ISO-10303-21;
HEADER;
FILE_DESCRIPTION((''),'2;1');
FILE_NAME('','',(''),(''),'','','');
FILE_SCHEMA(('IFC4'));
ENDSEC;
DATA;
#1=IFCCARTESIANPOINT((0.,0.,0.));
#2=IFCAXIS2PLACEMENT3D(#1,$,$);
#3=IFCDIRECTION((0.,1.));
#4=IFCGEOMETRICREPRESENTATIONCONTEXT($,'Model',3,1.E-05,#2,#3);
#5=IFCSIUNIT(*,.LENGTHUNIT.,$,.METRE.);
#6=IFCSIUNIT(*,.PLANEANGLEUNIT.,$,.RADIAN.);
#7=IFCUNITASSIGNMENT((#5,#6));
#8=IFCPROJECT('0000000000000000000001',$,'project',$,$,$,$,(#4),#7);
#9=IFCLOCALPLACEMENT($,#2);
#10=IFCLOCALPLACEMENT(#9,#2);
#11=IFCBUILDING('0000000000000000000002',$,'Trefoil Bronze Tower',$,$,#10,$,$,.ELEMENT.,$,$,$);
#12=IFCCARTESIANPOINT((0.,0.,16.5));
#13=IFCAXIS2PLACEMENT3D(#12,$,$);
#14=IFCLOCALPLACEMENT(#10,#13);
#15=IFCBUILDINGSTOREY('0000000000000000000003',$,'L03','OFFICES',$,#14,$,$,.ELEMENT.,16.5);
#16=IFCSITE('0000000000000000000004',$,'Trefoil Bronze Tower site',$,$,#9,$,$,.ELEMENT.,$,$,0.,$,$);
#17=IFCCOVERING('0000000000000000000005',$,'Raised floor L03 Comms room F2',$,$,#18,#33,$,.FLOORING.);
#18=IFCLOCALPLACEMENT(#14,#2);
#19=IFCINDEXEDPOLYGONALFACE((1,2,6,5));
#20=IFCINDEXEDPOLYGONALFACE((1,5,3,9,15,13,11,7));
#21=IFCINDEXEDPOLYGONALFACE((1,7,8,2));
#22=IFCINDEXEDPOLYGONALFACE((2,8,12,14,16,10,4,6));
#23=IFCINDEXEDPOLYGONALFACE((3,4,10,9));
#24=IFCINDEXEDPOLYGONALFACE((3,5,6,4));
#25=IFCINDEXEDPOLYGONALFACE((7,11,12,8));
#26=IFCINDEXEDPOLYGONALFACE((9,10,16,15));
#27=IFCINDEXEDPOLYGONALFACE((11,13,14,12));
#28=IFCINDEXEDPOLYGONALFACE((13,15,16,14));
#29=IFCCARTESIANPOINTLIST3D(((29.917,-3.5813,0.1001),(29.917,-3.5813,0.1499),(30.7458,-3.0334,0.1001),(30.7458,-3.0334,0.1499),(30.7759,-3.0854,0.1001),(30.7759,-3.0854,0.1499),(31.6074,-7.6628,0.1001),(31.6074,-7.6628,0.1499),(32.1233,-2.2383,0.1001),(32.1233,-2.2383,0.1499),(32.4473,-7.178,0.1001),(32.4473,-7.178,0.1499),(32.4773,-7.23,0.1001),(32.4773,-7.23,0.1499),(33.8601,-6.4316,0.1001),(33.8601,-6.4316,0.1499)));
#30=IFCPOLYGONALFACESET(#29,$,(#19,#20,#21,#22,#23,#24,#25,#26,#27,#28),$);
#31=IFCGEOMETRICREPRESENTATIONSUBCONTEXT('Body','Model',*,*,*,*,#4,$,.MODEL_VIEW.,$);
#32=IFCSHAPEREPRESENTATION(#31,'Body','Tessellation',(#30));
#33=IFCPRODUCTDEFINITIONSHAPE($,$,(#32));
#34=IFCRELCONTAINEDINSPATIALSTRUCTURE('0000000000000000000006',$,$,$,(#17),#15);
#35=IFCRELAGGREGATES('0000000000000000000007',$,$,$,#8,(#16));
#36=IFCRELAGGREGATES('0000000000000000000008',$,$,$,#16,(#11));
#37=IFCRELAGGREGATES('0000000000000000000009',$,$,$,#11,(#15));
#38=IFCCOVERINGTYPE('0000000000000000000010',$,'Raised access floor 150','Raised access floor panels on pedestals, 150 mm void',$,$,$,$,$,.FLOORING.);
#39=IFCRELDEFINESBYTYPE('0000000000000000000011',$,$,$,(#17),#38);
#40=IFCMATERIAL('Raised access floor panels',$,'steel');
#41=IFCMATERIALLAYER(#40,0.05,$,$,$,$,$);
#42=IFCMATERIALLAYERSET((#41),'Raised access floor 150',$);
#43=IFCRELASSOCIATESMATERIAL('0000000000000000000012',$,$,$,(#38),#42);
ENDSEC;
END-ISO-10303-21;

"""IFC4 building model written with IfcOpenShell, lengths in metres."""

from ifc_helpers import new_model, si_unit, direction, frame, origin, place, context, subcontext, project, spatial, polyline, outline, extrude, material, layer, layer_set, type_object, element, save


model = new_model("IFC4")

# Units and contexts
model_context = context("Model", 3, precision=1e-05, world=origin(), true_north=direction((0.0, 1.0)))
body_context = subcontext(model_context, "Body", "Model", "MODEL_VIEW")
ifc_project = project(units=[si_unit("LENGTHUNIT", "METRE"), si_unit("PLANEANGLEUNIT", "RADIAN")], contexts=[model_context])

# Site, building, storey
site_placement = place(None, origin())
site = spatial("IfcSite", under=ifc_project, at=site_placement, Name="Trefoil Bronze Tower site", CompositionType="ELEMENT", RefElevation=0.0)
building_placement = place(site_placement, origin())
building = spatial("IfcBuilding", under=site, at=building_placement, Name="Trefoil Bronze Tower", CompositionType="ELEMENT")
storey_placement = place(building_placement, frame((0.0, 0.0, 16.5)))
storey = spatial("IfcBuildingStorey", under=building, at=storey_placement, Name="L03", Description="OFFICES", CompositionType="ELEMENT", Elevation=16.5)

# Covering
ifc_material_1 = material(Name="Raised access floor panels", Category="steel")
ifc_layer_1 = layer(ifc_material_1, 0.05)
ifc_layer_set_1 = layer_set([ifc_layer_1], Name="Raised access floor 150")
covering_type_1 = type_object("IfcCoveringType", Name="Raised access floor 150", Description="Raised access floor panels on pedestals, 150 mm void", PredefinedType="FLOORING", material=ifc_layer_set_1)
covering_1_placement = place(storey_placement, frame((0.0, 0.0, 0.1001)))
element("IfcCovering", 1, at=covering_1_placement, inside=storey, type_object=covering_type_1, Name="Raised floor L03 Comms room F2", PredefinedType="FLOORING", context=body_context, shape_type="SweptSolid", body=[
    extrude(outline(polyline([(32.1233, -2.2383), (33.8601, -6.4316), (32.4773, -7.23), (32.4473, -7.178), (31.6074, -7.6628), (29.917, -3.5813), (30.7759, -3.0854), (30.7458, -3.0334), (32.1233, -2.2383)])), origin(), (0.0, 0.0, 1.0), 0.0498),
])

save(model, "model.ifc")
